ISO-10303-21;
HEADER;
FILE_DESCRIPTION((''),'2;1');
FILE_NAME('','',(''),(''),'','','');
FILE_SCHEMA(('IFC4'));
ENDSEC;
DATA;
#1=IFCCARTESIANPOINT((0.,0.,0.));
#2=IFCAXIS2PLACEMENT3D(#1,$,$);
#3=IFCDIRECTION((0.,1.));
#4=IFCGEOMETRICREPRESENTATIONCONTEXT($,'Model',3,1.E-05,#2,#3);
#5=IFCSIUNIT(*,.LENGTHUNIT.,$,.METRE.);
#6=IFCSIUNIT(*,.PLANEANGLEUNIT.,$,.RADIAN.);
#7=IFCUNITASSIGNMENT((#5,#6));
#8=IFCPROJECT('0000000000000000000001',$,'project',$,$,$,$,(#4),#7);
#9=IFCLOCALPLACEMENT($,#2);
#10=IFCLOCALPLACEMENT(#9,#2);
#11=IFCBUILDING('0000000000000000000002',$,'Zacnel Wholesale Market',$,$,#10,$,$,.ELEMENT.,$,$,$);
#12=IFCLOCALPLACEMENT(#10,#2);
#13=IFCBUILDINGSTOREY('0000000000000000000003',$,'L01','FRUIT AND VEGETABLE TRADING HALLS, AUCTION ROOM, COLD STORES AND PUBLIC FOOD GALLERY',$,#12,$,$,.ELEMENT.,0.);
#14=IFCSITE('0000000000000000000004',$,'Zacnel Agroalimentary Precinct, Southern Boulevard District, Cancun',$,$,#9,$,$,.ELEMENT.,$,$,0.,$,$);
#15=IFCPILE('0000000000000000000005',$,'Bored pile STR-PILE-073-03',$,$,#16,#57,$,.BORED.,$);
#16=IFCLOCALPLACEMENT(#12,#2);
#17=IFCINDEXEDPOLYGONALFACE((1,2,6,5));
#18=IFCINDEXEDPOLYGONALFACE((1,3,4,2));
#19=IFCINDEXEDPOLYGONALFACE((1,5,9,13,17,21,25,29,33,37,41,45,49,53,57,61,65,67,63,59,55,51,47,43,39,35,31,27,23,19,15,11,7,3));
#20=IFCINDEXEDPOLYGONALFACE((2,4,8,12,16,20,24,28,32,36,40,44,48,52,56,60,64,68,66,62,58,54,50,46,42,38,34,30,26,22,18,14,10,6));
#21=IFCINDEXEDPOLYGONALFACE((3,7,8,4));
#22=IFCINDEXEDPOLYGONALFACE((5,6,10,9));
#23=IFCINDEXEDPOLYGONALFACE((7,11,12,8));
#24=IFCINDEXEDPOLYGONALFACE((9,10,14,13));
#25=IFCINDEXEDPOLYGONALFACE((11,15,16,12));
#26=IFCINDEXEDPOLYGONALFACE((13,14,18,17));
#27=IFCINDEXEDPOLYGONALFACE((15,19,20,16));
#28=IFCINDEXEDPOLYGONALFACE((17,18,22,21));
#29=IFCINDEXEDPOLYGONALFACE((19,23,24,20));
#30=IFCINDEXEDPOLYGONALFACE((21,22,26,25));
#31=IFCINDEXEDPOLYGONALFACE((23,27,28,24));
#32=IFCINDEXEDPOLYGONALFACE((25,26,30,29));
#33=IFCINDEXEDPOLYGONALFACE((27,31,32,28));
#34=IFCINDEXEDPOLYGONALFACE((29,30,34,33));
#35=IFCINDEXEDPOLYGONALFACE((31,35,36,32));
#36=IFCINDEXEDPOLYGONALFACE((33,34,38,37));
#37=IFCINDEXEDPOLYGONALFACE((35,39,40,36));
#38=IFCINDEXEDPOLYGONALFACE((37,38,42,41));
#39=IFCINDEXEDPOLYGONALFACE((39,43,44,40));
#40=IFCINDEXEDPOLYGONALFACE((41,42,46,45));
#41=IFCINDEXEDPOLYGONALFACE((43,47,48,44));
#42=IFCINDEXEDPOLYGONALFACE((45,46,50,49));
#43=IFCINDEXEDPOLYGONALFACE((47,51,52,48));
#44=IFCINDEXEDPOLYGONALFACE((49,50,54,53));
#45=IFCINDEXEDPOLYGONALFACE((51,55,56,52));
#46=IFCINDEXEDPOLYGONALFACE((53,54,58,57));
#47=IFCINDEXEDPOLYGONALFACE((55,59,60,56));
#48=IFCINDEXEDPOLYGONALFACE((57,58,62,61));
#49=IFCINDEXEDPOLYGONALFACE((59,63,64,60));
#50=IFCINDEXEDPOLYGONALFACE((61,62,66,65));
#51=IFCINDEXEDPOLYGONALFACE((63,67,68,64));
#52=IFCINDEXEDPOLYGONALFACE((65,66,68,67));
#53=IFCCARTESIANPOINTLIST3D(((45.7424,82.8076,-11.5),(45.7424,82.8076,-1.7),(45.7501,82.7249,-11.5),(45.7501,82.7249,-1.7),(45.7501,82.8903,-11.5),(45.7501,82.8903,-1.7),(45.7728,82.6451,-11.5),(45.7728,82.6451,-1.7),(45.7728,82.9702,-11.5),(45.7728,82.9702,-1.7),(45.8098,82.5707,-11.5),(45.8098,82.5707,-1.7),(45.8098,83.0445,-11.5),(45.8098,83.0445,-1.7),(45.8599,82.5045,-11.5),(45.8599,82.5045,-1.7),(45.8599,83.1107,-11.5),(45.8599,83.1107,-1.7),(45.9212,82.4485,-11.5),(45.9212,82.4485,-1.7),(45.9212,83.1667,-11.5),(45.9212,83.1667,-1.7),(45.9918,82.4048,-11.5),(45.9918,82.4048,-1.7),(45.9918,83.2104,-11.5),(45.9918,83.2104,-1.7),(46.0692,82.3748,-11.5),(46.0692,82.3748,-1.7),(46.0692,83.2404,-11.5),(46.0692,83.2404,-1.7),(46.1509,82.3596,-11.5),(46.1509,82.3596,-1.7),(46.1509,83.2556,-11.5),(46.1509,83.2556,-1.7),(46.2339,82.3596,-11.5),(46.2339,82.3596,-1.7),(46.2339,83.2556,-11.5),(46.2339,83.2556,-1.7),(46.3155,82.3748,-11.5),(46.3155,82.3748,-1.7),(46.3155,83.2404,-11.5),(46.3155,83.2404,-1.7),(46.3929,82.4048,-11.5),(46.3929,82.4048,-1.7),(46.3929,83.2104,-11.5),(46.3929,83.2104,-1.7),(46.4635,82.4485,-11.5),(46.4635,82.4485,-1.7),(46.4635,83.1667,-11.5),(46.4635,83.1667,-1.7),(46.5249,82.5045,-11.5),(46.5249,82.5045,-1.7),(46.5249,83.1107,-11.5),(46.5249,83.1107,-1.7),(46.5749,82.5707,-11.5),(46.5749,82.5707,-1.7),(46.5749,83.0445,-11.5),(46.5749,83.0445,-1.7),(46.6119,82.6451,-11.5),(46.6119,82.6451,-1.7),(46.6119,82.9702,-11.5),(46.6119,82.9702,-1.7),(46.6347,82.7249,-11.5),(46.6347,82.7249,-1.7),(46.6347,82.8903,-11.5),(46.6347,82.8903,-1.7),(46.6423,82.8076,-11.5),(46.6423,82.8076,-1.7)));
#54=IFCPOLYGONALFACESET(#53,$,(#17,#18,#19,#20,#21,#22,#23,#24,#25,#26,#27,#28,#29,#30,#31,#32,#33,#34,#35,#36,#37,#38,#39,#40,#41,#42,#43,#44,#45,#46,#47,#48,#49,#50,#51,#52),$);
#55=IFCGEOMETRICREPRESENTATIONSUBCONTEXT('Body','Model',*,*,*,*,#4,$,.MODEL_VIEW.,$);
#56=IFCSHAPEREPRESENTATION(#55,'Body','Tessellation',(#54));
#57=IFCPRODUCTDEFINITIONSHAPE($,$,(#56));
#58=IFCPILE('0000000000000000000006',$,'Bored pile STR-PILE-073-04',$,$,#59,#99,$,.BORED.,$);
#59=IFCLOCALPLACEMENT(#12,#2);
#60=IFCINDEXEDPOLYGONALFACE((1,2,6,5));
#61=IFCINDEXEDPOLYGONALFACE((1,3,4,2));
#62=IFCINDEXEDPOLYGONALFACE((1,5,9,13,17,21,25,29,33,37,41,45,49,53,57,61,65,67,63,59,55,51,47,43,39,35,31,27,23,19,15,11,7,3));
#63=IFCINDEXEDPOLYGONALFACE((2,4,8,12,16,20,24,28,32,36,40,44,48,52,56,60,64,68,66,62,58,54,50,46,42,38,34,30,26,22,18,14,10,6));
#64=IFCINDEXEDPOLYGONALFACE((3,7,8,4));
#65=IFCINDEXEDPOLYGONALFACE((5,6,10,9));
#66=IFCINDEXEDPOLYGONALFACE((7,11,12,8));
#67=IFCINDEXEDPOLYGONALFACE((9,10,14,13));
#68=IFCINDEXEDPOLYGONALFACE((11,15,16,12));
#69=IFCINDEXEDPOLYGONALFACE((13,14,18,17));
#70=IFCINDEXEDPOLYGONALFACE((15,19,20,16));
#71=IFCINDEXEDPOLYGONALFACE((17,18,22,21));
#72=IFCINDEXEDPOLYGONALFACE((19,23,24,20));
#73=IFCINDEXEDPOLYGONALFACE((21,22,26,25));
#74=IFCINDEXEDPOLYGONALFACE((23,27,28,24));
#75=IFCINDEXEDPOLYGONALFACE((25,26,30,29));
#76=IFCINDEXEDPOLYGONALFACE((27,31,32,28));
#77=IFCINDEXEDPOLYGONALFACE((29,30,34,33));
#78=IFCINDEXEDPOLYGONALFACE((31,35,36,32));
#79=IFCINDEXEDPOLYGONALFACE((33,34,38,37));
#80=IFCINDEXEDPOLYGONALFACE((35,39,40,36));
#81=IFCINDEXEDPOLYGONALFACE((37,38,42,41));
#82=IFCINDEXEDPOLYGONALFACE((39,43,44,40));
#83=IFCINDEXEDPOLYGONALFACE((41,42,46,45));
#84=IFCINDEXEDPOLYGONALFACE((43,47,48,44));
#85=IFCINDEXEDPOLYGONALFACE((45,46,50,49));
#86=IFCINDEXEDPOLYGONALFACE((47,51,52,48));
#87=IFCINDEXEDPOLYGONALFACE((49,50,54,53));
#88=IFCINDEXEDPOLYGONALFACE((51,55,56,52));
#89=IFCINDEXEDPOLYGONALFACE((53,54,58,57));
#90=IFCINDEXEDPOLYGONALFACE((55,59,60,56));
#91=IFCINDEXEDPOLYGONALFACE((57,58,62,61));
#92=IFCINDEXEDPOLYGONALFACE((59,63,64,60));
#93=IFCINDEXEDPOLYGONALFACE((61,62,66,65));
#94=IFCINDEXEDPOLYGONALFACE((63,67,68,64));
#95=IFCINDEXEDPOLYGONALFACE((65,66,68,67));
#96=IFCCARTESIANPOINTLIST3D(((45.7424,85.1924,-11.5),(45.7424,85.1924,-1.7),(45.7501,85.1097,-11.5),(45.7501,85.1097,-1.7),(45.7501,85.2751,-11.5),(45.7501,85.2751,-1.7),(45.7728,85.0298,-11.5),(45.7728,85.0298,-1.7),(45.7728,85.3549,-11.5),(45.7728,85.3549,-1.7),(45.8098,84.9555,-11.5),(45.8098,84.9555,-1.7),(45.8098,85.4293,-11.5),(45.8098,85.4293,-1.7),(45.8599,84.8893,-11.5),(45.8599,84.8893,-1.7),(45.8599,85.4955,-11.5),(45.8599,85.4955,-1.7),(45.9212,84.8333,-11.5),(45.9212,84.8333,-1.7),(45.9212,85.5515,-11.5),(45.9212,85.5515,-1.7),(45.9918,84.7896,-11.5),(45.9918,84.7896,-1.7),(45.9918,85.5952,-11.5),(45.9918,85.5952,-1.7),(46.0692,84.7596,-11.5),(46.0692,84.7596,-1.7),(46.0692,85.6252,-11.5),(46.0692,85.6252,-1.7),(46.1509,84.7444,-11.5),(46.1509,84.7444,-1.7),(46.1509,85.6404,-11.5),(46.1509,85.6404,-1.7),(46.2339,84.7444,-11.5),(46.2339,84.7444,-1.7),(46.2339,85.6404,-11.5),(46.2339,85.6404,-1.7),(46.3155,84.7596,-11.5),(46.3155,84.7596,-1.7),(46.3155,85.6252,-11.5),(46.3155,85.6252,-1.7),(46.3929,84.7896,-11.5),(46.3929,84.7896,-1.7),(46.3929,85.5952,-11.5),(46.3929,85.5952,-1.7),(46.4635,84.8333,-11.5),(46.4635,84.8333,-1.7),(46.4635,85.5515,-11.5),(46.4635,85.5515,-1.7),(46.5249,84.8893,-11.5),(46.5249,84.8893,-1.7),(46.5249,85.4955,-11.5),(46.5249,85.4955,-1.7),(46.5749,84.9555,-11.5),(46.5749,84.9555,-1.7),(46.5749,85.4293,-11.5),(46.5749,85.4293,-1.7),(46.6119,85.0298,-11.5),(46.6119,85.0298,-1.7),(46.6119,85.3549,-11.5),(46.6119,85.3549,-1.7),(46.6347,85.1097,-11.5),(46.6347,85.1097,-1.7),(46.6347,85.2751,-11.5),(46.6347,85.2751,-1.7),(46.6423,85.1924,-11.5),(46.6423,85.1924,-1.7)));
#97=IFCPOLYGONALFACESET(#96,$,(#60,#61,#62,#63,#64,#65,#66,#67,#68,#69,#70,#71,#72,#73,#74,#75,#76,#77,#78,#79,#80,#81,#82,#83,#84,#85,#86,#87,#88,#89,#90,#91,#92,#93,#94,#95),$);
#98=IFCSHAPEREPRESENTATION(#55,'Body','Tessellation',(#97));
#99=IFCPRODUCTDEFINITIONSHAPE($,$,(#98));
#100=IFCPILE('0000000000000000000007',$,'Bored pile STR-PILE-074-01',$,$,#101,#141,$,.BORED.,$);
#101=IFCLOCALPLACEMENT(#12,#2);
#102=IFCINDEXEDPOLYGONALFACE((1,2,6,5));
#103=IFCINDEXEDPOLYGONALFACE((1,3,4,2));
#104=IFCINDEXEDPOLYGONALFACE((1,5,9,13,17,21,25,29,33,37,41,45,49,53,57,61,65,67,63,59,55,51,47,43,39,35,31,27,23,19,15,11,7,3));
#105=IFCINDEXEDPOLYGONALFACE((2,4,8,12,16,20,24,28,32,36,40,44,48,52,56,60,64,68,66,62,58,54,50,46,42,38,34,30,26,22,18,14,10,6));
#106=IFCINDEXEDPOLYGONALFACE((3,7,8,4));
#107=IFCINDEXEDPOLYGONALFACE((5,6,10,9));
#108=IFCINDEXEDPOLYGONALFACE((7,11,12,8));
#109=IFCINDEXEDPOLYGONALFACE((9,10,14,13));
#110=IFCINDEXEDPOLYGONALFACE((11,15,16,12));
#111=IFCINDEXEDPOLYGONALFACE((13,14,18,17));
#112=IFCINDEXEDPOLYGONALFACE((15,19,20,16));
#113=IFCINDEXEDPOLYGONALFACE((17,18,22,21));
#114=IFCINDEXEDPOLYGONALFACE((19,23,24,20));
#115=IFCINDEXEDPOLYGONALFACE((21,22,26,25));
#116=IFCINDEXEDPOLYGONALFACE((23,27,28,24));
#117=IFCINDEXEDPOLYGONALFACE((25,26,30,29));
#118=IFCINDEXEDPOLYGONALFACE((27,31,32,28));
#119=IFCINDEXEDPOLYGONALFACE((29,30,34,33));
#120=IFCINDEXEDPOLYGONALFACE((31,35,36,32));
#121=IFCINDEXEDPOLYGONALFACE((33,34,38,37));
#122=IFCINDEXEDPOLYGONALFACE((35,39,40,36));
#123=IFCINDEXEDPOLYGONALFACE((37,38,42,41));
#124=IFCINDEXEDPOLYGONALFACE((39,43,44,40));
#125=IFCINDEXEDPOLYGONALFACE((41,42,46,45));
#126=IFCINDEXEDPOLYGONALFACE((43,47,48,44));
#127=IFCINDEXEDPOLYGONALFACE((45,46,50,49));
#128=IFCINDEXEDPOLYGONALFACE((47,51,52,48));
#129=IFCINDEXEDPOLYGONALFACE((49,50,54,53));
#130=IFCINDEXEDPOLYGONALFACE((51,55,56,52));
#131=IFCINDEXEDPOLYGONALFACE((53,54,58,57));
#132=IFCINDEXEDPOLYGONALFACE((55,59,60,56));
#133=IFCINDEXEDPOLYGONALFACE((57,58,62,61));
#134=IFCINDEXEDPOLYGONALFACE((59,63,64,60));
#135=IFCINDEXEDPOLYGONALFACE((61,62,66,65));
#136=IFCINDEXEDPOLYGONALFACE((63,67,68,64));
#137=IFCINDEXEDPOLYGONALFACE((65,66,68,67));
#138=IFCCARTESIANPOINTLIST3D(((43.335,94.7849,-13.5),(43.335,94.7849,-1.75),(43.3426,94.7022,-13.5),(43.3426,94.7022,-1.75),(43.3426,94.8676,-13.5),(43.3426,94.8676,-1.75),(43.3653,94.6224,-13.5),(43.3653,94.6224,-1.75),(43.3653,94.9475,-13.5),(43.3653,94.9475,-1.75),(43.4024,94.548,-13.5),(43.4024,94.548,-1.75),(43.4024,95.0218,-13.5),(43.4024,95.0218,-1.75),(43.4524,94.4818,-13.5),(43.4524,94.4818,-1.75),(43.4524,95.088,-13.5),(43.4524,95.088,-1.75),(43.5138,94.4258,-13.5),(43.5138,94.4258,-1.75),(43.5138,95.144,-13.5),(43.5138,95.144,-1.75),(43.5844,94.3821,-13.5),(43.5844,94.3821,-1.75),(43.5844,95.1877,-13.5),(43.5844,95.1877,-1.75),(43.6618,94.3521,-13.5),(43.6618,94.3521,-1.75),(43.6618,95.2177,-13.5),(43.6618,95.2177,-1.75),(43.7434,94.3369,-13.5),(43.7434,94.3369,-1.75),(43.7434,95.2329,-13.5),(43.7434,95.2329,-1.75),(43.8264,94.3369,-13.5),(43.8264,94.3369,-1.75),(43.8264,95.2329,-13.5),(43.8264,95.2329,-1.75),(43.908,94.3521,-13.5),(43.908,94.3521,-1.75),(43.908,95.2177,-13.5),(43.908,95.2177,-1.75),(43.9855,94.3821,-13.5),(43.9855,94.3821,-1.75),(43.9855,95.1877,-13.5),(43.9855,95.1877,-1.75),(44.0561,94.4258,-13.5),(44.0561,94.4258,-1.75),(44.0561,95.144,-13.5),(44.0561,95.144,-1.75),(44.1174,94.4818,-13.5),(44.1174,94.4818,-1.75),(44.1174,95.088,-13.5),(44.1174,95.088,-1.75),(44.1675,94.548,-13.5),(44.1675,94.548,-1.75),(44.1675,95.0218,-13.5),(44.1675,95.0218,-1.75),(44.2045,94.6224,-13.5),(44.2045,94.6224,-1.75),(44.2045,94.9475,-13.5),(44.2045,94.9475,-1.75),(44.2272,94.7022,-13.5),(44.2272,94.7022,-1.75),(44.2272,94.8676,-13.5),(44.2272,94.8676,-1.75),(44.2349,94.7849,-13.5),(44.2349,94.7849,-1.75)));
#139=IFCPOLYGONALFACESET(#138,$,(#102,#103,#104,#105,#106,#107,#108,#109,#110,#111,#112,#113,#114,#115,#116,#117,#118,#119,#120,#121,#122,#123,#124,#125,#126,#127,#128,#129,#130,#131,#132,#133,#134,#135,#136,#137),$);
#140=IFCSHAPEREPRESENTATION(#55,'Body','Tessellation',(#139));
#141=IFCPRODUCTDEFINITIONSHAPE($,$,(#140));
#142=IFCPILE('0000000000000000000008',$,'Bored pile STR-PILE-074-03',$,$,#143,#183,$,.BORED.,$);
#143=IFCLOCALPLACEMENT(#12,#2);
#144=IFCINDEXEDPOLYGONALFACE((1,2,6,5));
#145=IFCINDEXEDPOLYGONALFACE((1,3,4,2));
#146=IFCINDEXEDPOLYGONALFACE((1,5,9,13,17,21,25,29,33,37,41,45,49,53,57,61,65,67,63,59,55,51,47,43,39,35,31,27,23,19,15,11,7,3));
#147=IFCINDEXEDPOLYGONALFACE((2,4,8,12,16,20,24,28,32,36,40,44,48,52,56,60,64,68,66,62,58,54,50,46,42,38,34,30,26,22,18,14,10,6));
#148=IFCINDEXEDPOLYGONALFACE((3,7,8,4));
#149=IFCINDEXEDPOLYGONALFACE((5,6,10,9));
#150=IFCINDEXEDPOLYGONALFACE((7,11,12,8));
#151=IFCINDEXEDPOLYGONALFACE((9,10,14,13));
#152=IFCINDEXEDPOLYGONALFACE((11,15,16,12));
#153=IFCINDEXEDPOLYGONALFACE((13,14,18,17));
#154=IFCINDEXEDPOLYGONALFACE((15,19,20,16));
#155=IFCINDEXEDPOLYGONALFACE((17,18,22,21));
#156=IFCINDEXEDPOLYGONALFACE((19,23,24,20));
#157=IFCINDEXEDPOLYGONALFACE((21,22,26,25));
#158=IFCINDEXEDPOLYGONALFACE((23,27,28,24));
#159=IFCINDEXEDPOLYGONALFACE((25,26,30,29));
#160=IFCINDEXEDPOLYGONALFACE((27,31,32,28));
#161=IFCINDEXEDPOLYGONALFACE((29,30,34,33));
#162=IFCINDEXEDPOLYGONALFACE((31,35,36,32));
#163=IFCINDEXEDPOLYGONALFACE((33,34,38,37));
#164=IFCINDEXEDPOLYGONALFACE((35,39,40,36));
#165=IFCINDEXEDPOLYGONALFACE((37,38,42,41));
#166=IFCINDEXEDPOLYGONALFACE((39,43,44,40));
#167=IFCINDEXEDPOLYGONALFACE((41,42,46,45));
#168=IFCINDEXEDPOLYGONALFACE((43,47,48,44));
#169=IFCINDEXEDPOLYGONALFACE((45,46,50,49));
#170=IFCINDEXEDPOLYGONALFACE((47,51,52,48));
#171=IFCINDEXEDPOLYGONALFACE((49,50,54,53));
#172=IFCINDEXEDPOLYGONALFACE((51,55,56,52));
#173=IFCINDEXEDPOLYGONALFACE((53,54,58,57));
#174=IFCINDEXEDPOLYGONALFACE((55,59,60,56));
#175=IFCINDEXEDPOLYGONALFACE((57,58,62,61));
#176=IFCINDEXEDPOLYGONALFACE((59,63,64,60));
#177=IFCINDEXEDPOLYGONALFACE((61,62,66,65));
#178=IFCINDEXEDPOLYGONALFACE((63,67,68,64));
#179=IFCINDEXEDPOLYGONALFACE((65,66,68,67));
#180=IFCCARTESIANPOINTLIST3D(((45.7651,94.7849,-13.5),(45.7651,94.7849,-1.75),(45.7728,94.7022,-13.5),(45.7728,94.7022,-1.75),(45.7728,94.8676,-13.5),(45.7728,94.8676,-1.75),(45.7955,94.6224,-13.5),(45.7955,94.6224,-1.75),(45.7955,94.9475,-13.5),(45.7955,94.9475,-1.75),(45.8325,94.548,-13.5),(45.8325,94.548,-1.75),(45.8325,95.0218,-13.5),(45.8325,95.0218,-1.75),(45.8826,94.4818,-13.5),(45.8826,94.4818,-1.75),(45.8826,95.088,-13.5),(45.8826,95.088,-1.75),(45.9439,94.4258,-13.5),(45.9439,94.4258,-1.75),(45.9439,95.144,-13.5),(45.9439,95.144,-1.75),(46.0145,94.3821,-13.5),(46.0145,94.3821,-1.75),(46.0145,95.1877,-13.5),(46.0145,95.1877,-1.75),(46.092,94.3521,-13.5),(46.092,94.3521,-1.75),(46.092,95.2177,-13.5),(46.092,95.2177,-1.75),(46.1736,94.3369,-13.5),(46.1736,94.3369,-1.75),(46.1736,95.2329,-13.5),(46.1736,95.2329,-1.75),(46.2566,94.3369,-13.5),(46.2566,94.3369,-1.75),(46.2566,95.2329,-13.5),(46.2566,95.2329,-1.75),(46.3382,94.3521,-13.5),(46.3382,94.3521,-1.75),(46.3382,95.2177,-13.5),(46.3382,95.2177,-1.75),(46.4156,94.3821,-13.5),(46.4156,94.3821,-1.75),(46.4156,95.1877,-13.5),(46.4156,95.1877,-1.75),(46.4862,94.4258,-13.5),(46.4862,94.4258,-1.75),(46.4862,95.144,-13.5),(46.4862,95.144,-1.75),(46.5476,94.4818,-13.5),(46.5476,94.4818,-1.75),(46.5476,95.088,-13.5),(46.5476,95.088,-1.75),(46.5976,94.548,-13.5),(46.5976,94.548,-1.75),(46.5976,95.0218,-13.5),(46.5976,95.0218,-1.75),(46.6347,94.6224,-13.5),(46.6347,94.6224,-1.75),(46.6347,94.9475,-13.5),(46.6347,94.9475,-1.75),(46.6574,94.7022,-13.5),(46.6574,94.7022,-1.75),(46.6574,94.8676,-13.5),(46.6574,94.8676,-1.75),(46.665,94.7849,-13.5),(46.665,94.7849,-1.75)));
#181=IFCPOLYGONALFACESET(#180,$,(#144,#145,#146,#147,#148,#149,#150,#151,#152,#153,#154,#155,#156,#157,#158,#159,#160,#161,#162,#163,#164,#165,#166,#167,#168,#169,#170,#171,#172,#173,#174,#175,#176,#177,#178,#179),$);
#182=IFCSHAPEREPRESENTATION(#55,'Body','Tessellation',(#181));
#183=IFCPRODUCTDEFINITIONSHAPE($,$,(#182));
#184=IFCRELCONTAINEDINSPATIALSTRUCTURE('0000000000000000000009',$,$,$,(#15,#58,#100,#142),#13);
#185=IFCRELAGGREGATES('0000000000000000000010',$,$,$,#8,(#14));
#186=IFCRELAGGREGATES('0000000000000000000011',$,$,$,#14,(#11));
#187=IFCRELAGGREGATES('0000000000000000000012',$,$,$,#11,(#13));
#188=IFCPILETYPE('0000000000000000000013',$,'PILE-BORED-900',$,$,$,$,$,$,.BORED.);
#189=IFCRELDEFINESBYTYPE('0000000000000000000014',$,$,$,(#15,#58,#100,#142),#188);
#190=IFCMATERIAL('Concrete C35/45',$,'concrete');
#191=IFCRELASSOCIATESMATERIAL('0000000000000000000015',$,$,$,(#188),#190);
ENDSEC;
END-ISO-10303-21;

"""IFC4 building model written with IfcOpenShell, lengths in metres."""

from ifc_helpers import new_model, si_unit, direction, frame, origin, origin_2d, place, context, subcontext, project, spatial, circle, extrude, material, material_profile, profile_set, type_object, element, save


model = new_model("IFC4")

# Units and contexts
model_context = context("Model", 3, precision=1e-05, world=origin(), true_north=direction((0.0, 1.0)))
body_context = subcontext(model_context, "Body", "Model", "MODEL_VIEW")
ifc_project = project(units=[si_unit("LENGTHUNIT", "METRE"), si_unit("PLANEANGLEUNIT", "RADIAN")], contexts=[model_context])

# Site, building, storey
site_placement = place(None, origin())
site = spatial("IfcSite", under=ifc_project, at=site_placement, Name="Zacnel Agroalimentary Precinct, Southern Boulevard District, Cancun", CompositionType="ELEMENT", RefElevation=0.0)
building_placement = place(site_placement, origin())
building = spatial("IfcBuilding", under=site, at=building_placement, Name="Zacnel Wholesale Market", CompositionType="ELEMENT")
storey_placement = place(building_placement, origin())
storey = spatial("IfcBuildingStorey", under=building, at=storey_placement, Name="L01", Description="FRUIT AND VEGETABLE TRADING HALLS, AUCTION ROOM, COLD STORES AND PUBLIC FOOD GALLERY", CompositionType="ELEMENT", Elevation=0.0)

# Piles
ifc_material_1 = material(Name="Concrete C35/45", Category="concrete")
ifc_material_profile_1 = material_profile(ifc_material_1, circle(Radius=0.45, at=origin_2d()), Name="BORED PILE D900")
ifc_profile_set_1 = profile_set([ifc_material_profile_1], Name="Concrete C35/45")
pile_type = type_object("IfcPileType", Name="PILE-BORED-900", PredefinedType="BORED", material=ifc_profile_set_1)
for number, where, z_axis, x_axis, name in (
    (1, (46.1924, 82.8076, -1.7), (0.0, 0.0, -1.0), (1.0, 0.0, 0.0), "Bored pile STR-PILE-073-03"),
    (2, (46.1924, 85.1924, -1.7), (0.0, 0.0, -1.0), (1.0, 0.0, 0.0), "Bored pile STR-PILE-073-04"),
):
    element("IfcPile", number, at=place(storey_placement, frame(where, z_axis=z_axis, x_axis=x_axis)), inside=storey, type_object=pile_type, Name=name, PredefinedType="BORED", context=body_context, shape_type="SweptSolid", body=[
        extrude(circle(Radius=0.45, at=origin_2d()), origin(), (0.0, 0.0, 1.0), 9.8),
    ])
for number, where, z_axis, x_axis, name in (
    (3, (43.7849, 94.7849, -1.75), (0.0, 0.0, -1.0), (1.0, 0.0, 0.0), "Bored pile STR-PILE-074-01"),
    (4, (46.2151, 94.7849, -1.75), (0.0, 0.0, -1.0), (1.0, 0.0, 0.0), "Bored pile STR-PILE-074-03"),
):
    element("IfcPile", number, at=place(storey_placement, frame(where, z_axis=z_axis, x_axis=x_axis)), inside=storey, type_object=pile_type, Name=name, PredefinedType="BORED", context=body_context, shape_type="SweptSolid", body=[
        extrude(circle(Radius=0.45, at=origin_2d()), origin(), (0.0, 0.0, 1.0), 11.75),
    ])

save(model, "model.ifc")
